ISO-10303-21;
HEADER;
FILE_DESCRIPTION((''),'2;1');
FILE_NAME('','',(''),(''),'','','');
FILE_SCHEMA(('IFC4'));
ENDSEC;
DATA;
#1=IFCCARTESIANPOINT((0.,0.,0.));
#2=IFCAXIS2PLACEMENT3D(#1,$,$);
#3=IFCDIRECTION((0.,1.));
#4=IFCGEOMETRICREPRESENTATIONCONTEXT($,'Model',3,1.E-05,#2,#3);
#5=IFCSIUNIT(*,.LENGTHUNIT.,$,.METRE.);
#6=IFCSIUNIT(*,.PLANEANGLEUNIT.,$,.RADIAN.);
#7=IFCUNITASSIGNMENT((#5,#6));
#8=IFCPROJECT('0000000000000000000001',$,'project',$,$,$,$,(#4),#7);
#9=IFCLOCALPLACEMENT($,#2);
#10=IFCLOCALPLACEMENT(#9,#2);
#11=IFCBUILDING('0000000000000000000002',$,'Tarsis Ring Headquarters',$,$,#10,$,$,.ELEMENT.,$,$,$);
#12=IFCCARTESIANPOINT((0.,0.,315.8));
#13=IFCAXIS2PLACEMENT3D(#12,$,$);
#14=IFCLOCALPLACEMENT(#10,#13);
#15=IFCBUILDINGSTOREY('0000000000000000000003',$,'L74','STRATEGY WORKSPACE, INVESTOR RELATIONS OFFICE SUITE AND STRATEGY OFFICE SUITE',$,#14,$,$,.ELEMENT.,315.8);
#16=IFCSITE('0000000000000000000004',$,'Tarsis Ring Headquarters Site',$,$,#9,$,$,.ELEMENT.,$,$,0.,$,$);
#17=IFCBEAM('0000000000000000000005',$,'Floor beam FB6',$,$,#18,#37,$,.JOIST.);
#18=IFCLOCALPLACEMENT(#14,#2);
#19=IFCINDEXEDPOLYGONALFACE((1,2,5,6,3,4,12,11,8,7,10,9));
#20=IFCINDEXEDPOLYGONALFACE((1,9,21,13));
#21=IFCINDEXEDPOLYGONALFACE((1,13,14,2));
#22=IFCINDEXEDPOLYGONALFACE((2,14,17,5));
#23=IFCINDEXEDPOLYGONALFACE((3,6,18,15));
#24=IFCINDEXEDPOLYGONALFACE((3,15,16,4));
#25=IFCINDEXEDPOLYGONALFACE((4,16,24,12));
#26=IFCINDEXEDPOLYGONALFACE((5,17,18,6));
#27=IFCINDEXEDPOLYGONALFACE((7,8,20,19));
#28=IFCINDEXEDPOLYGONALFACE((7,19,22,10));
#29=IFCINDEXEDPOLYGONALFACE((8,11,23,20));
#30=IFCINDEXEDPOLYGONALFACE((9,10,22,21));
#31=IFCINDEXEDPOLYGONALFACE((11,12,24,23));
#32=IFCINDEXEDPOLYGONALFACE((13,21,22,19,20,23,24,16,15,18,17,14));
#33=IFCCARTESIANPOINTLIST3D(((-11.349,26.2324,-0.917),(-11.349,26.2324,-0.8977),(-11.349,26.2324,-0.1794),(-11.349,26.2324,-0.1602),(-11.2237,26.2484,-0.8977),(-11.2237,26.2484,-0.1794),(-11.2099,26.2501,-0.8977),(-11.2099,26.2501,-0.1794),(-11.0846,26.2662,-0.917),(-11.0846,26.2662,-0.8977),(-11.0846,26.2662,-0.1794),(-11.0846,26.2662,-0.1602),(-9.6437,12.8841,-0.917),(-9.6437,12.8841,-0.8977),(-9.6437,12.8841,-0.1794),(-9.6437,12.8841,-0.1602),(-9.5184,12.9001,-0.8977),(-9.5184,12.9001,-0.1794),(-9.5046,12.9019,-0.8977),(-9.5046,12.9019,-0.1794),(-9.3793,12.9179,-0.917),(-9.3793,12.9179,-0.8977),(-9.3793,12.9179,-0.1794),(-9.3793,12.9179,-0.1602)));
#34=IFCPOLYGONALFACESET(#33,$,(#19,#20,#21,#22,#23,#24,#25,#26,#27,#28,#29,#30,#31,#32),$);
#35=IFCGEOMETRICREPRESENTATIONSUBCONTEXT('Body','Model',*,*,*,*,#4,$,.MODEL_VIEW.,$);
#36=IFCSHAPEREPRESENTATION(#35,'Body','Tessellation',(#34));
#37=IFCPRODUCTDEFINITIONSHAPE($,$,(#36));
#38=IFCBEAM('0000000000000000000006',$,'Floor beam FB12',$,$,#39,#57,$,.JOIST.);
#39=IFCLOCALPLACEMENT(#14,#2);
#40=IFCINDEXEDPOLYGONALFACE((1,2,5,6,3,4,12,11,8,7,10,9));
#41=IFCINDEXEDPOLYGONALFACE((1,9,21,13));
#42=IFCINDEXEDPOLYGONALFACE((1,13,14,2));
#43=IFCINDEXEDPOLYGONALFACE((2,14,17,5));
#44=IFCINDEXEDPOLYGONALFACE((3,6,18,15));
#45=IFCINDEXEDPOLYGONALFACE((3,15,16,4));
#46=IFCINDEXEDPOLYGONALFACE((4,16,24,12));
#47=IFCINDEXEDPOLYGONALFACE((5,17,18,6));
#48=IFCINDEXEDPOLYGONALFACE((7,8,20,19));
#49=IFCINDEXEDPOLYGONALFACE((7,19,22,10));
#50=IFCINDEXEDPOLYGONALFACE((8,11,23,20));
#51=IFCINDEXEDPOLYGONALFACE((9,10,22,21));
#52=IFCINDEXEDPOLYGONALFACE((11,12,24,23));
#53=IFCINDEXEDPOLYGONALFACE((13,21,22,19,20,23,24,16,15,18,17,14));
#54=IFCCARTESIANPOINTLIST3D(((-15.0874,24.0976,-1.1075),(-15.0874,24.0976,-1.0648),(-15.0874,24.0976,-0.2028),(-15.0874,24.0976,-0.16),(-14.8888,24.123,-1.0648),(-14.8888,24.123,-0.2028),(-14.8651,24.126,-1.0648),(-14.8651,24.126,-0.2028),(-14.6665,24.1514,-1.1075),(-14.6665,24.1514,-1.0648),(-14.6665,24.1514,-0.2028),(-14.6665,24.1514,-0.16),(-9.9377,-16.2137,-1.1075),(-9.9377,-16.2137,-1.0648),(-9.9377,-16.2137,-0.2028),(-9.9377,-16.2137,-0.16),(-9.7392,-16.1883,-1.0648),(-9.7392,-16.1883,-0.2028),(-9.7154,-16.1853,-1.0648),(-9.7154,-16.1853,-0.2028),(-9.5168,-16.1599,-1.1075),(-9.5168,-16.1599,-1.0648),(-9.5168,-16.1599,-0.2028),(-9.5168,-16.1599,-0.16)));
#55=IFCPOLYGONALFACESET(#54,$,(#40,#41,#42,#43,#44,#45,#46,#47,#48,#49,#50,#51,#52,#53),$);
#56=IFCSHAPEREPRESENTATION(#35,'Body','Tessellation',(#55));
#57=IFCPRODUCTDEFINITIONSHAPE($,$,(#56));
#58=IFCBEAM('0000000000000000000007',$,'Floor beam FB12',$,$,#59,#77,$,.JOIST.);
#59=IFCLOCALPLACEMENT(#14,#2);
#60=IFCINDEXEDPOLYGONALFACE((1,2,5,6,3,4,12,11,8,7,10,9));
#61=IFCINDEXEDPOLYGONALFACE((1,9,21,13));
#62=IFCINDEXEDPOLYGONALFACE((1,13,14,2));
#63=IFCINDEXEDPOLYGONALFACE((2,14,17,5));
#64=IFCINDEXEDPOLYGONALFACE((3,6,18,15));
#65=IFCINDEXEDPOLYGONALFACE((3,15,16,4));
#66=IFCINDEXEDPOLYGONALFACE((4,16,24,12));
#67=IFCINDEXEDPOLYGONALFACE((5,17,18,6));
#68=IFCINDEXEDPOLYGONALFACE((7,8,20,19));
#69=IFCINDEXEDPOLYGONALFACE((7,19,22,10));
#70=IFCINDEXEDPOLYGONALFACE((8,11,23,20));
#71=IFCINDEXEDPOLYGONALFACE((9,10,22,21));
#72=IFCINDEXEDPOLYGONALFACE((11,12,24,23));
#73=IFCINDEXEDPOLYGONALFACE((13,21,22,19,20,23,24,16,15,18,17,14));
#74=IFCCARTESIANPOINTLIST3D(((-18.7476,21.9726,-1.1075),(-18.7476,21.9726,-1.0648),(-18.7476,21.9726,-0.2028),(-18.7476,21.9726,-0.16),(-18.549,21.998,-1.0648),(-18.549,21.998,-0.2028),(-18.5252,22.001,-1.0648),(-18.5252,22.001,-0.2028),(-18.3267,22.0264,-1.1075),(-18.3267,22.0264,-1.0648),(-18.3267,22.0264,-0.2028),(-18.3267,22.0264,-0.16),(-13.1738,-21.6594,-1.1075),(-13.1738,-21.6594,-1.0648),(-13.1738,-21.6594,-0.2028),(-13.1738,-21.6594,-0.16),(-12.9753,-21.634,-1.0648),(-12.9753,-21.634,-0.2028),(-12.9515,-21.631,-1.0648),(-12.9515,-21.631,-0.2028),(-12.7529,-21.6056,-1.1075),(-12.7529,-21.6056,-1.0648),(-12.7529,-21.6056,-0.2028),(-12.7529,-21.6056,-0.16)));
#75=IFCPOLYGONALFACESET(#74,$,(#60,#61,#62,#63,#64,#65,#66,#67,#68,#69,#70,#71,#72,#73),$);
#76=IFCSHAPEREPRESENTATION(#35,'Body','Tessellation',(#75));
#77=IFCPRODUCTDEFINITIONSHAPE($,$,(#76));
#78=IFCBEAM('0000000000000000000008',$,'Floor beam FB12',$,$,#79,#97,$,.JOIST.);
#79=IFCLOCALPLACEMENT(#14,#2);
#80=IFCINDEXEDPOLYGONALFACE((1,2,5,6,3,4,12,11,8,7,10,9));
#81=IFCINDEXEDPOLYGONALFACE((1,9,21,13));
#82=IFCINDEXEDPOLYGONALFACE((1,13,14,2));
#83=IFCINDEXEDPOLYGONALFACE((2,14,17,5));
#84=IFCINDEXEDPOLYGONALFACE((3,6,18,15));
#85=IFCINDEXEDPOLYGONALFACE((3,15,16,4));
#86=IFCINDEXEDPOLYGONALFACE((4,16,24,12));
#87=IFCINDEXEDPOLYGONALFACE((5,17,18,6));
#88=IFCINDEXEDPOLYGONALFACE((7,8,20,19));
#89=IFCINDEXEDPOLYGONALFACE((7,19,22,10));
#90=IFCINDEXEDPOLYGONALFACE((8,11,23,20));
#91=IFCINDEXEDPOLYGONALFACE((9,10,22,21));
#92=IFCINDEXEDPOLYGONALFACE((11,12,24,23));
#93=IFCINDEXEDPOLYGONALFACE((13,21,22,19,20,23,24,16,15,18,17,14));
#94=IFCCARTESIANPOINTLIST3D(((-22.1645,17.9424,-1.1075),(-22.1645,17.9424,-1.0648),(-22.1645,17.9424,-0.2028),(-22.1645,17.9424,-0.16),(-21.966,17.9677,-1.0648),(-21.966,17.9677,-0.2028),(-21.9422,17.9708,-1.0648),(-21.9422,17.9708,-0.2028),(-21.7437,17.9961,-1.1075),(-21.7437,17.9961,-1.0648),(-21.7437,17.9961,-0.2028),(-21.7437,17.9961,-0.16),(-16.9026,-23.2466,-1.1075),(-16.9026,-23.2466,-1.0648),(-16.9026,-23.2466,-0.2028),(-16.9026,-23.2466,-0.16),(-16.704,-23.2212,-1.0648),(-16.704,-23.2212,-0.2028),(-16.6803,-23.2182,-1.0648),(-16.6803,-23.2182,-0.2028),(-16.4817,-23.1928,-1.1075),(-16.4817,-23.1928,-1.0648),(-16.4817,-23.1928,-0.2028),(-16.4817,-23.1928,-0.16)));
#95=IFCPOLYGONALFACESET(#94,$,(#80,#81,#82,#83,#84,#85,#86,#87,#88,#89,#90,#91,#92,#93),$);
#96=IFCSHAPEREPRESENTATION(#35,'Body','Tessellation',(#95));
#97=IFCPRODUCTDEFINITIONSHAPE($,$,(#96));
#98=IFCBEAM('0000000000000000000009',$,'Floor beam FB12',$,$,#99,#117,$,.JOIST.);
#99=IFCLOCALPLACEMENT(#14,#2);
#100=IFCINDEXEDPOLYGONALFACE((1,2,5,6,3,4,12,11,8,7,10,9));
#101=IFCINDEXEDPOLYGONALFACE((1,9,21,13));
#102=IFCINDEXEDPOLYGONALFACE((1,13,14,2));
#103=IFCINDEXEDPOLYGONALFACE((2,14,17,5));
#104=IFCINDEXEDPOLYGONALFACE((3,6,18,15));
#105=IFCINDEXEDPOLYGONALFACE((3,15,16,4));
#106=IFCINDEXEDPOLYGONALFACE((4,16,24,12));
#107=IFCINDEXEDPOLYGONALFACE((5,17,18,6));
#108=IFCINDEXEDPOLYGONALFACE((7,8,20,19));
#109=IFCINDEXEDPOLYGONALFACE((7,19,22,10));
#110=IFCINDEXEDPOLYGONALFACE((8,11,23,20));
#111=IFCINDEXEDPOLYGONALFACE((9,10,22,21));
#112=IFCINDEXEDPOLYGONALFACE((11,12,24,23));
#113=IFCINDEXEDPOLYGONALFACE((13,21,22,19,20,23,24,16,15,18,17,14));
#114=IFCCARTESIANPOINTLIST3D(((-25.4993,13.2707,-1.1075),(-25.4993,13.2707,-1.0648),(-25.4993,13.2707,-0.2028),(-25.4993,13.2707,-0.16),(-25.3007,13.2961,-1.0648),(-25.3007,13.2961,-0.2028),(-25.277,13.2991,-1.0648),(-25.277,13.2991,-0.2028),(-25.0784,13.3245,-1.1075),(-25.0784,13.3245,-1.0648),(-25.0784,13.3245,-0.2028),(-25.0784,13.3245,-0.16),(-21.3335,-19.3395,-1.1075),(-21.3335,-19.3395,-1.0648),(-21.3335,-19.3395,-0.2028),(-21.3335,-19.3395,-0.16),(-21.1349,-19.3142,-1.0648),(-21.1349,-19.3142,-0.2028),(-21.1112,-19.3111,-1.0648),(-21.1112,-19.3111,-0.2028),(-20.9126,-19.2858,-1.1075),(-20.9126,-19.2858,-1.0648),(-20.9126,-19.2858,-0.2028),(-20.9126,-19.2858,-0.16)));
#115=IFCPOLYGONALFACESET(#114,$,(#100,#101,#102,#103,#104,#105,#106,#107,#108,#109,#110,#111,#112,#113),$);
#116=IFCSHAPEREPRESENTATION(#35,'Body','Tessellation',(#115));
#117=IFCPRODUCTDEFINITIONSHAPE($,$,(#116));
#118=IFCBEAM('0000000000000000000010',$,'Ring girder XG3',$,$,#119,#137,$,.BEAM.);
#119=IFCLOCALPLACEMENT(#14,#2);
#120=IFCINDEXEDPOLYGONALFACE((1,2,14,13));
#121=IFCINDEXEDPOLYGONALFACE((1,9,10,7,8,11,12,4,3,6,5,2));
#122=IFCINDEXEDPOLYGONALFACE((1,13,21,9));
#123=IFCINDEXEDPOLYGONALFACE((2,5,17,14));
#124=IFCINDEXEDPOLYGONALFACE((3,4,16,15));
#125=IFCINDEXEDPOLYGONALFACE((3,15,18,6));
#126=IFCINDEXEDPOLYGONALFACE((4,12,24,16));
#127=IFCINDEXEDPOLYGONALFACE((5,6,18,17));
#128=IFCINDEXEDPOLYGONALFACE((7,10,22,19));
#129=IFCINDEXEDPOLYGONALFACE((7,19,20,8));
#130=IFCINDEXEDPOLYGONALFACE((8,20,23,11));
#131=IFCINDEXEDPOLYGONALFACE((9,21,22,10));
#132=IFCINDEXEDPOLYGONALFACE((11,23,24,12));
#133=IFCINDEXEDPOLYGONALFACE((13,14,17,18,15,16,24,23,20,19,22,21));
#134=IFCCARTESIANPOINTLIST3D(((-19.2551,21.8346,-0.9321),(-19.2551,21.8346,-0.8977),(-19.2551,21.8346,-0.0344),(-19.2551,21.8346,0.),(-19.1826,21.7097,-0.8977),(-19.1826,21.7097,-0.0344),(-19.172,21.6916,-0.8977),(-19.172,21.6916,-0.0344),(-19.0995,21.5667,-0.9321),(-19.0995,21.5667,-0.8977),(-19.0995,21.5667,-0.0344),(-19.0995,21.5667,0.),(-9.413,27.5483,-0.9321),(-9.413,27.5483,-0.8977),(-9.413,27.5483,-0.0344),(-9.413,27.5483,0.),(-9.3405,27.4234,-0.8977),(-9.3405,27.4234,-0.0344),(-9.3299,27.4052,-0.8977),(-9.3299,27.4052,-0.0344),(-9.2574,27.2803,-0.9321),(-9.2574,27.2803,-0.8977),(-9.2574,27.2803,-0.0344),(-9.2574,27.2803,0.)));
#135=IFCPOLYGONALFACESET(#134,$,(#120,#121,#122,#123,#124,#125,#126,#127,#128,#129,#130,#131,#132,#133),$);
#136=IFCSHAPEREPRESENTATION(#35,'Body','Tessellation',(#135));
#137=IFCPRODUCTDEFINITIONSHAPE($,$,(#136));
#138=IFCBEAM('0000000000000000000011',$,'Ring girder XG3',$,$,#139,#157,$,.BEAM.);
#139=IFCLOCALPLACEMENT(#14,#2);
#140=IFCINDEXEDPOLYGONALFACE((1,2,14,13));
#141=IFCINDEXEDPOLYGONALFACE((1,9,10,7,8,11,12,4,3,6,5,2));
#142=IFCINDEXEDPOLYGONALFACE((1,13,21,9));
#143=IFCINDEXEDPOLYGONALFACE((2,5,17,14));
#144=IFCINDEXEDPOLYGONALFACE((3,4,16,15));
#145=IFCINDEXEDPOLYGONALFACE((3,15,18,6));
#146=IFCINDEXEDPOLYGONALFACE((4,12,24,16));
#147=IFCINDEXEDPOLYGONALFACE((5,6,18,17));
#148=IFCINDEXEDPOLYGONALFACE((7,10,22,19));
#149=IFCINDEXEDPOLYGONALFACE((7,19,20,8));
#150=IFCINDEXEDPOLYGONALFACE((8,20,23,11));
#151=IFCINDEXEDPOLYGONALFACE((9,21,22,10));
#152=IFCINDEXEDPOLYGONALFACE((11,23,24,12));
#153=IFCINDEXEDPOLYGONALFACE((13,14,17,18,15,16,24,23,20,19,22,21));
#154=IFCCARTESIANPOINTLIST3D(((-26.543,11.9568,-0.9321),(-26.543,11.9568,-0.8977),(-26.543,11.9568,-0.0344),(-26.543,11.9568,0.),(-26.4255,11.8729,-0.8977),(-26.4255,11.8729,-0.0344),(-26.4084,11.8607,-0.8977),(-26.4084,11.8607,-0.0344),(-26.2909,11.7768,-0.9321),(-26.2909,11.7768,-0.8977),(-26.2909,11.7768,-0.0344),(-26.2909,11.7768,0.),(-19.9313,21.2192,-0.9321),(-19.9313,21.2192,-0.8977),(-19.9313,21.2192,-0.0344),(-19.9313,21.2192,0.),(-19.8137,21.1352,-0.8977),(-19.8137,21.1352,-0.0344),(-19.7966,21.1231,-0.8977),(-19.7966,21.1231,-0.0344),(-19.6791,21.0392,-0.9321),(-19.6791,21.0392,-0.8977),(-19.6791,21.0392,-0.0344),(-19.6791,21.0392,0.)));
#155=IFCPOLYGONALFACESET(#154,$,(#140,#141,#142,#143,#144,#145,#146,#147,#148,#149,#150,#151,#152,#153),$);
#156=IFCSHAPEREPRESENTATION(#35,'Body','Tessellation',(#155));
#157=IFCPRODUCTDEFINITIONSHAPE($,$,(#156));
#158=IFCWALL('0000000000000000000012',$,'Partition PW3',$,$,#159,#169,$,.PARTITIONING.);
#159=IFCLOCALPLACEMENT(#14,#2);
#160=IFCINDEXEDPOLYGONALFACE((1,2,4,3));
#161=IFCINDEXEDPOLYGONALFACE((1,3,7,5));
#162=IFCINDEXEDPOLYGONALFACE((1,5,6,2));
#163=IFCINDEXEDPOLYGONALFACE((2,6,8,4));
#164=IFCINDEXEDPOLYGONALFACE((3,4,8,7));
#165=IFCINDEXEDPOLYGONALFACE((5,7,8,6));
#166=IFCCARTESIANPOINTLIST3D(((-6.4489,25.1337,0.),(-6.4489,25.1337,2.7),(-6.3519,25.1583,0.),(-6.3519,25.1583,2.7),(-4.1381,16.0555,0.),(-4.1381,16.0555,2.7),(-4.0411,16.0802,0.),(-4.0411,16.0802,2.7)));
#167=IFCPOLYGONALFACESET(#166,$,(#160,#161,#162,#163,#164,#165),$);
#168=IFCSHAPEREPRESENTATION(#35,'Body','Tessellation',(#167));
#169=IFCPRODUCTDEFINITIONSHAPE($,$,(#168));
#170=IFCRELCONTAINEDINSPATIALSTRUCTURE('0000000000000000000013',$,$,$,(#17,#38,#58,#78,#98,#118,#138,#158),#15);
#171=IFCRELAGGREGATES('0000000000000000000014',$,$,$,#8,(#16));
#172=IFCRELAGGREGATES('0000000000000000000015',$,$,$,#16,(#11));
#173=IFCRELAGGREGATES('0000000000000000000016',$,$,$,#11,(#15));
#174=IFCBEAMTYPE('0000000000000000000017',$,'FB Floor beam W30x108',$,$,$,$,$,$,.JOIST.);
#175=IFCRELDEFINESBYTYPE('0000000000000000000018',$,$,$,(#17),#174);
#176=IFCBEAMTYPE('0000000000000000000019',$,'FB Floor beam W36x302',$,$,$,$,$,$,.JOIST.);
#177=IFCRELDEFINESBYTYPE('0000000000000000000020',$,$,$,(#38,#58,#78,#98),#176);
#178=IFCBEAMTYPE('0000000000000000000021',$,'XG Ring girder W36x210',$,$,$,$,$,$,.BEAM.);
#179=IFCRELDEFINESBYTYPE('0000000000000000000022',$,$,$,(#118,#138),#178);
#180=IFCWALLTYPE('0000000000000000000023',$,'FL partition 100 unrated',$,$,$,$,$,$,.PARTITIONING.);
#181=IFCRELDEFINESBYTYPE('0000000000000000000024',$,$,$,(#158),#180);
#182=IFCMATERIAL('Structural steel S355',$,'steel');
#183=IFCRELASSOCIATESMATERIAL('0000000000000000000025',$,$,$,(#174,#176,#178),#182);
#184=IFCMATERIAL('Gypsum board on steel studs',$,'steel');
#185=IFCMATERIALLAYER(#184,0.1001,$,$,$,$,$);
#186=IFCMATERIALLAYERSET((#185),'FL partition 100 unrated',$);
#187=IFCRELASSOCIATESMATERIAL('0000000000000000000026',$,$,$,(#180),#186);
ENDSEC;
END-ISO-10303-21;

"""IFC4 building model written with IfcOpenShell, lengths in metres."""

from ifc_helpers import new_model, si_unit, direction, frame, frame_2d, origin, origin_2d, place, context, subcontext, project, spatial, rectangle, i_section, extrude, material, layer, layer_set, material_profile, profile_set, type_object, element, save


model = new_model("IFC4")

# Units and contexts
model_context = context("Model", 3, precision=1e-05, world=origin(), true_north=direction((0.0, 1.0)))
body_context = subcontext(model_context, "Body", "Model", "MODEL_VIEW")
ifc_project = project(units=[si_unit("LENGTHUNIT", "METRE"), si_unit("PLANEANGLEUNIT", "RADIAN")], contexts=[model_context])

# Site, building, storey
site_placement = place(None, origin())
site = spatial("IfcSite", under=ifc_project, at=site_placement, Name="Tarsis Ring Headquarters Site", CompositionType="ELEMENT", RefElevation=0.0)
building_placement = place(site_placement, origin())
building = spatial("IfcBuilding", under=site, at=building_placement, Name="Tarsis Ring Headquarters", CompositionType="ELEMENT")
storey_placement = place(building_placement, frame((0.0, 0.0, 315.8)))
storey = spatial("IfcBuildingStorey", under=building, at=storey_placement, Name="L74", Description="STRATEGY WORKSPACE, INVESTOR RELATIONS OFFICE SUITE AND STRATEGY OFFICE SUITE", CompositionType="ELEMENT", Elevation=315.8)

# Shared definitions
ifc_material_1 = material(Name="Structural steel S355", Category="steel")

# Beams
ifc_material_profile_1 = material_profile(ifc_material_1, i_section(OverallWidth=0.2666, OverallDepth=0.7568, WebThickness=0.0139, FlangeThickness=0.0193, at=origin_2d()), Name="W30x108")
ifc_profile_set_1 = profile_set([ifc_material_profile_1], Name="Structural steel S355")
beam_type_1 = type_object("IfcBeamType", Name="FB Floor beam W30x108", PredefinedType="JOIST", material=ifc_profile_set_1)
beam_1_placement = place(storey_placement, frame((-11.2168, 26.2493, -0.5386), z_axis=(0.126725, -0.991938, 0.0), x_axis=(0.991938, 0.126725, 0.0)))
element("IfcBeam", 1, at=beam_1_placement, inside=storey, type_object=beam_type_1, Name="Floor beam FB6", PredefinedType="JOIST", context=body_context, shape_type="SweptSolid", body=[
    extrude(i_section(OverallWidth=0.2666, OverallDepth=0.7568, WebThickness=0.0139, FlangeThickness=0.0193, at=origin_2d()), origin(), (0.0, 0.0, 1.0), 13.4568),
])
ifc_material_profile_2 = material_profile(ifc_material_1, i_section(OverallWidth=0.4243, OverallDepth=0.9475, WebThickness=0.0239, FlangeThickness=0.0427, at=origin_2d()), Name="W36x302")
ifc_profile_set_2 = profile_set([ifc_material_profile_2], Name="Structural steel S355")
beam_type_2 = type_object("IfcBeamType", Name="FB Floor beam W36x302", PredefinedType="JOIST", material=ifc_profile_set_2)
beam_2_placement = place(storey_placement, frame((-14.877, 24.1245, -0.6338), z_axis=(0.126718, -0.991939, 0.0), x_axis=(0.991939, 0.126718, 0.0)))
element("IfcBeam", 2, at=beam_2_placement, inside=storey, type_object=beam_type_2, Name="Floor beam FB12", PredefinedType="JOIST", context=body_context, shape_type="SweptSolid", body=[
    extrude(i_section(OverallWidth=0.4243, OverallDepth=0.9475, WebThickness=0.0239, FlangeThickness=0.0427, at=origin_2d()), origin(), (0.0, 0.0, 1.0), 40.6389),
])
beam_3_placement = place(storey_placement, frame((-18.5371, 21.9995, -0.6338), z_axis=(0.126714, -0.991939, 0.0), x_axis=(0.991939, 0.126714, 0.0)))
element("IfcBeam", 3, at=beam_3_placement, inside=storey, type_object=beam_type_2, Name="Floor beam FB12", PredefinedType="JOIST", context=body_context, shape_type="SweptSolid", body=[
    extrude(i_section(OverallWidth=0.4243, OverallDepth=0.9475, WebThickness=0.0239, FlangeThickness=0.0427, at=origin_2d()), origin(), (0.0, 0.0, 1.0), 43.9866),
])
beam_4_placement = place(storey_placement, frame((-21.9541, 17.9692, -0.6338), z_axis=(0.126722, -0.991938, 0.0), x_axis=(0.991938, 0.126722, 0.0)))
element("IfcBeam", 4, at=beam_4_placement, inside=storey, type_object=beam_type_2, Name="Floor beam FB12", PredefinedType="JOIST", context=body_context, shape_type="SweptSolid", body=[
    extrude(i_section(OverallWidth=0.4243, OverallDepth=0.9475, WebThickness=0.0239, FlangeThickness=0.0427, at=origin_2d()), origin(), (0.0, 0.0, 1.0), 41.5237),
])
beam_5_placement = place(storey_placement, frame((-25.2888, 13.2976, -0.6338), z_axis=(0.126714, -0.991939, 0.0), x_axis=(0.991939, 0.126714, 0.0)))
element("IfcBeam", 5, at=beam_5_placement, inside=storey, type_object=beam_type_2, Name="Floor beam FB12", PredefinedType="JOIST", context=body_context, shape_type="SweptSolid", body=[
    extrude(i_section(OverallWidth=0.4243, OverallDepth=0.9475, WebThickness=0.0239, FlangeThickness=0.0427, at=origin_2d()), origin(), (0.0, 0.0, 1.0), 32.8752),
])
ifc_material_profile_3 = material_profile(ifc_material_1, i_section(OverallWidth=0.3098, OverallDepth=0.9321, WebThickness=0.021, FlangeThickness=0.0344, at=origin_2d()), Name="W36x210")
ifc_profile_set_3 = profile_set([ifc_material_profile_3], Name="Structural steel S355")
beam_type_3 = type_object("IfcBeamType", Name="XG Ring girder W36x210", PredefinedType="BEAM", material=ifc_profile_set_3)
beam_6_placement = place(storey_placement, frame((-9.3352, 27.4143, -0.4661), z_axis=(-0.864831, -0.502063, 0.0), x_axis=(0.502063, -0.864831, 0.0)))
element("IfcBeam", 6, at=beam_6_placement, inside=storey, type_object=beam_type_3, Name="Ring girder XG3", PredefinedType="BEAM", context=body_context, shape_type="SweptSolid", body=[
    extrude(i_section(OverallWidth=0.3098, OverallDepth=0.9321, WebThickness=0.021, FlangeThickness=0.0344, at=origin_2d()), origin(), (0.0, 0.0, 1.0), 11.3804),
])
beam_7_placement = place(storey_placement, frame((-19.8052, 21.1292, -0.4661), z_axis=(-0.580993, -0.813909, 0.0), x_axis=(0.813909, -0.580993, 0.0)))
element("IfcBeam", 7, at=beam_7_placement, inside=storey, type_object=beam_type_3, Name="Ring girder XG3", PredefinedType="BEAM", context=body_context, shape_type="SweptSolid", body=[
    extrude(i_section(OverallWidth=0.3098, OverallDepth=0.9321, WebThickness=0.021, FlangeThickness=0.0344, at=origin_2d()), origin(), (0.0, 0.0, 1.0), 11.3801),
])

# Wall
ifc_material_2 = material(Name="Gypsum board on steel studs", Category="steel")
ifc_layer_1 = layer(ifc_material_2, 0.1001)
ifc_layer_set_1 = layer_set([ifc_layer_1], Name="FL partition 100 unrated")
wall_type_1 = type_object("IfcWallType", Name="FL partition 100 unrated", PredefinedType="PARTITIONING", material=ifc_layer_set_1)
wall_1_placement = place(storey_placement, frame((-6.4004, 25.146, 0.0), z_axis=(0.0, 0.0, 1.0), x_axis=(0.246679, -0.969097, 0.0)))
element("IfcWall", 8, at=wall_1_placement, inside=storey, type_object=wall_type_1, Name="Partition PW3", PredefinedType="PARTITIONING", context=body_context, shape_type="SweptSolid", body=[
    extrude(rectangle(XDim=9.3677, YDim=0.1001, at=frame_2d((4.6838, 0.0))), origin(), (0.0, 0.0, 1.0), 2.7),
])

save(model, "model.ifc")
